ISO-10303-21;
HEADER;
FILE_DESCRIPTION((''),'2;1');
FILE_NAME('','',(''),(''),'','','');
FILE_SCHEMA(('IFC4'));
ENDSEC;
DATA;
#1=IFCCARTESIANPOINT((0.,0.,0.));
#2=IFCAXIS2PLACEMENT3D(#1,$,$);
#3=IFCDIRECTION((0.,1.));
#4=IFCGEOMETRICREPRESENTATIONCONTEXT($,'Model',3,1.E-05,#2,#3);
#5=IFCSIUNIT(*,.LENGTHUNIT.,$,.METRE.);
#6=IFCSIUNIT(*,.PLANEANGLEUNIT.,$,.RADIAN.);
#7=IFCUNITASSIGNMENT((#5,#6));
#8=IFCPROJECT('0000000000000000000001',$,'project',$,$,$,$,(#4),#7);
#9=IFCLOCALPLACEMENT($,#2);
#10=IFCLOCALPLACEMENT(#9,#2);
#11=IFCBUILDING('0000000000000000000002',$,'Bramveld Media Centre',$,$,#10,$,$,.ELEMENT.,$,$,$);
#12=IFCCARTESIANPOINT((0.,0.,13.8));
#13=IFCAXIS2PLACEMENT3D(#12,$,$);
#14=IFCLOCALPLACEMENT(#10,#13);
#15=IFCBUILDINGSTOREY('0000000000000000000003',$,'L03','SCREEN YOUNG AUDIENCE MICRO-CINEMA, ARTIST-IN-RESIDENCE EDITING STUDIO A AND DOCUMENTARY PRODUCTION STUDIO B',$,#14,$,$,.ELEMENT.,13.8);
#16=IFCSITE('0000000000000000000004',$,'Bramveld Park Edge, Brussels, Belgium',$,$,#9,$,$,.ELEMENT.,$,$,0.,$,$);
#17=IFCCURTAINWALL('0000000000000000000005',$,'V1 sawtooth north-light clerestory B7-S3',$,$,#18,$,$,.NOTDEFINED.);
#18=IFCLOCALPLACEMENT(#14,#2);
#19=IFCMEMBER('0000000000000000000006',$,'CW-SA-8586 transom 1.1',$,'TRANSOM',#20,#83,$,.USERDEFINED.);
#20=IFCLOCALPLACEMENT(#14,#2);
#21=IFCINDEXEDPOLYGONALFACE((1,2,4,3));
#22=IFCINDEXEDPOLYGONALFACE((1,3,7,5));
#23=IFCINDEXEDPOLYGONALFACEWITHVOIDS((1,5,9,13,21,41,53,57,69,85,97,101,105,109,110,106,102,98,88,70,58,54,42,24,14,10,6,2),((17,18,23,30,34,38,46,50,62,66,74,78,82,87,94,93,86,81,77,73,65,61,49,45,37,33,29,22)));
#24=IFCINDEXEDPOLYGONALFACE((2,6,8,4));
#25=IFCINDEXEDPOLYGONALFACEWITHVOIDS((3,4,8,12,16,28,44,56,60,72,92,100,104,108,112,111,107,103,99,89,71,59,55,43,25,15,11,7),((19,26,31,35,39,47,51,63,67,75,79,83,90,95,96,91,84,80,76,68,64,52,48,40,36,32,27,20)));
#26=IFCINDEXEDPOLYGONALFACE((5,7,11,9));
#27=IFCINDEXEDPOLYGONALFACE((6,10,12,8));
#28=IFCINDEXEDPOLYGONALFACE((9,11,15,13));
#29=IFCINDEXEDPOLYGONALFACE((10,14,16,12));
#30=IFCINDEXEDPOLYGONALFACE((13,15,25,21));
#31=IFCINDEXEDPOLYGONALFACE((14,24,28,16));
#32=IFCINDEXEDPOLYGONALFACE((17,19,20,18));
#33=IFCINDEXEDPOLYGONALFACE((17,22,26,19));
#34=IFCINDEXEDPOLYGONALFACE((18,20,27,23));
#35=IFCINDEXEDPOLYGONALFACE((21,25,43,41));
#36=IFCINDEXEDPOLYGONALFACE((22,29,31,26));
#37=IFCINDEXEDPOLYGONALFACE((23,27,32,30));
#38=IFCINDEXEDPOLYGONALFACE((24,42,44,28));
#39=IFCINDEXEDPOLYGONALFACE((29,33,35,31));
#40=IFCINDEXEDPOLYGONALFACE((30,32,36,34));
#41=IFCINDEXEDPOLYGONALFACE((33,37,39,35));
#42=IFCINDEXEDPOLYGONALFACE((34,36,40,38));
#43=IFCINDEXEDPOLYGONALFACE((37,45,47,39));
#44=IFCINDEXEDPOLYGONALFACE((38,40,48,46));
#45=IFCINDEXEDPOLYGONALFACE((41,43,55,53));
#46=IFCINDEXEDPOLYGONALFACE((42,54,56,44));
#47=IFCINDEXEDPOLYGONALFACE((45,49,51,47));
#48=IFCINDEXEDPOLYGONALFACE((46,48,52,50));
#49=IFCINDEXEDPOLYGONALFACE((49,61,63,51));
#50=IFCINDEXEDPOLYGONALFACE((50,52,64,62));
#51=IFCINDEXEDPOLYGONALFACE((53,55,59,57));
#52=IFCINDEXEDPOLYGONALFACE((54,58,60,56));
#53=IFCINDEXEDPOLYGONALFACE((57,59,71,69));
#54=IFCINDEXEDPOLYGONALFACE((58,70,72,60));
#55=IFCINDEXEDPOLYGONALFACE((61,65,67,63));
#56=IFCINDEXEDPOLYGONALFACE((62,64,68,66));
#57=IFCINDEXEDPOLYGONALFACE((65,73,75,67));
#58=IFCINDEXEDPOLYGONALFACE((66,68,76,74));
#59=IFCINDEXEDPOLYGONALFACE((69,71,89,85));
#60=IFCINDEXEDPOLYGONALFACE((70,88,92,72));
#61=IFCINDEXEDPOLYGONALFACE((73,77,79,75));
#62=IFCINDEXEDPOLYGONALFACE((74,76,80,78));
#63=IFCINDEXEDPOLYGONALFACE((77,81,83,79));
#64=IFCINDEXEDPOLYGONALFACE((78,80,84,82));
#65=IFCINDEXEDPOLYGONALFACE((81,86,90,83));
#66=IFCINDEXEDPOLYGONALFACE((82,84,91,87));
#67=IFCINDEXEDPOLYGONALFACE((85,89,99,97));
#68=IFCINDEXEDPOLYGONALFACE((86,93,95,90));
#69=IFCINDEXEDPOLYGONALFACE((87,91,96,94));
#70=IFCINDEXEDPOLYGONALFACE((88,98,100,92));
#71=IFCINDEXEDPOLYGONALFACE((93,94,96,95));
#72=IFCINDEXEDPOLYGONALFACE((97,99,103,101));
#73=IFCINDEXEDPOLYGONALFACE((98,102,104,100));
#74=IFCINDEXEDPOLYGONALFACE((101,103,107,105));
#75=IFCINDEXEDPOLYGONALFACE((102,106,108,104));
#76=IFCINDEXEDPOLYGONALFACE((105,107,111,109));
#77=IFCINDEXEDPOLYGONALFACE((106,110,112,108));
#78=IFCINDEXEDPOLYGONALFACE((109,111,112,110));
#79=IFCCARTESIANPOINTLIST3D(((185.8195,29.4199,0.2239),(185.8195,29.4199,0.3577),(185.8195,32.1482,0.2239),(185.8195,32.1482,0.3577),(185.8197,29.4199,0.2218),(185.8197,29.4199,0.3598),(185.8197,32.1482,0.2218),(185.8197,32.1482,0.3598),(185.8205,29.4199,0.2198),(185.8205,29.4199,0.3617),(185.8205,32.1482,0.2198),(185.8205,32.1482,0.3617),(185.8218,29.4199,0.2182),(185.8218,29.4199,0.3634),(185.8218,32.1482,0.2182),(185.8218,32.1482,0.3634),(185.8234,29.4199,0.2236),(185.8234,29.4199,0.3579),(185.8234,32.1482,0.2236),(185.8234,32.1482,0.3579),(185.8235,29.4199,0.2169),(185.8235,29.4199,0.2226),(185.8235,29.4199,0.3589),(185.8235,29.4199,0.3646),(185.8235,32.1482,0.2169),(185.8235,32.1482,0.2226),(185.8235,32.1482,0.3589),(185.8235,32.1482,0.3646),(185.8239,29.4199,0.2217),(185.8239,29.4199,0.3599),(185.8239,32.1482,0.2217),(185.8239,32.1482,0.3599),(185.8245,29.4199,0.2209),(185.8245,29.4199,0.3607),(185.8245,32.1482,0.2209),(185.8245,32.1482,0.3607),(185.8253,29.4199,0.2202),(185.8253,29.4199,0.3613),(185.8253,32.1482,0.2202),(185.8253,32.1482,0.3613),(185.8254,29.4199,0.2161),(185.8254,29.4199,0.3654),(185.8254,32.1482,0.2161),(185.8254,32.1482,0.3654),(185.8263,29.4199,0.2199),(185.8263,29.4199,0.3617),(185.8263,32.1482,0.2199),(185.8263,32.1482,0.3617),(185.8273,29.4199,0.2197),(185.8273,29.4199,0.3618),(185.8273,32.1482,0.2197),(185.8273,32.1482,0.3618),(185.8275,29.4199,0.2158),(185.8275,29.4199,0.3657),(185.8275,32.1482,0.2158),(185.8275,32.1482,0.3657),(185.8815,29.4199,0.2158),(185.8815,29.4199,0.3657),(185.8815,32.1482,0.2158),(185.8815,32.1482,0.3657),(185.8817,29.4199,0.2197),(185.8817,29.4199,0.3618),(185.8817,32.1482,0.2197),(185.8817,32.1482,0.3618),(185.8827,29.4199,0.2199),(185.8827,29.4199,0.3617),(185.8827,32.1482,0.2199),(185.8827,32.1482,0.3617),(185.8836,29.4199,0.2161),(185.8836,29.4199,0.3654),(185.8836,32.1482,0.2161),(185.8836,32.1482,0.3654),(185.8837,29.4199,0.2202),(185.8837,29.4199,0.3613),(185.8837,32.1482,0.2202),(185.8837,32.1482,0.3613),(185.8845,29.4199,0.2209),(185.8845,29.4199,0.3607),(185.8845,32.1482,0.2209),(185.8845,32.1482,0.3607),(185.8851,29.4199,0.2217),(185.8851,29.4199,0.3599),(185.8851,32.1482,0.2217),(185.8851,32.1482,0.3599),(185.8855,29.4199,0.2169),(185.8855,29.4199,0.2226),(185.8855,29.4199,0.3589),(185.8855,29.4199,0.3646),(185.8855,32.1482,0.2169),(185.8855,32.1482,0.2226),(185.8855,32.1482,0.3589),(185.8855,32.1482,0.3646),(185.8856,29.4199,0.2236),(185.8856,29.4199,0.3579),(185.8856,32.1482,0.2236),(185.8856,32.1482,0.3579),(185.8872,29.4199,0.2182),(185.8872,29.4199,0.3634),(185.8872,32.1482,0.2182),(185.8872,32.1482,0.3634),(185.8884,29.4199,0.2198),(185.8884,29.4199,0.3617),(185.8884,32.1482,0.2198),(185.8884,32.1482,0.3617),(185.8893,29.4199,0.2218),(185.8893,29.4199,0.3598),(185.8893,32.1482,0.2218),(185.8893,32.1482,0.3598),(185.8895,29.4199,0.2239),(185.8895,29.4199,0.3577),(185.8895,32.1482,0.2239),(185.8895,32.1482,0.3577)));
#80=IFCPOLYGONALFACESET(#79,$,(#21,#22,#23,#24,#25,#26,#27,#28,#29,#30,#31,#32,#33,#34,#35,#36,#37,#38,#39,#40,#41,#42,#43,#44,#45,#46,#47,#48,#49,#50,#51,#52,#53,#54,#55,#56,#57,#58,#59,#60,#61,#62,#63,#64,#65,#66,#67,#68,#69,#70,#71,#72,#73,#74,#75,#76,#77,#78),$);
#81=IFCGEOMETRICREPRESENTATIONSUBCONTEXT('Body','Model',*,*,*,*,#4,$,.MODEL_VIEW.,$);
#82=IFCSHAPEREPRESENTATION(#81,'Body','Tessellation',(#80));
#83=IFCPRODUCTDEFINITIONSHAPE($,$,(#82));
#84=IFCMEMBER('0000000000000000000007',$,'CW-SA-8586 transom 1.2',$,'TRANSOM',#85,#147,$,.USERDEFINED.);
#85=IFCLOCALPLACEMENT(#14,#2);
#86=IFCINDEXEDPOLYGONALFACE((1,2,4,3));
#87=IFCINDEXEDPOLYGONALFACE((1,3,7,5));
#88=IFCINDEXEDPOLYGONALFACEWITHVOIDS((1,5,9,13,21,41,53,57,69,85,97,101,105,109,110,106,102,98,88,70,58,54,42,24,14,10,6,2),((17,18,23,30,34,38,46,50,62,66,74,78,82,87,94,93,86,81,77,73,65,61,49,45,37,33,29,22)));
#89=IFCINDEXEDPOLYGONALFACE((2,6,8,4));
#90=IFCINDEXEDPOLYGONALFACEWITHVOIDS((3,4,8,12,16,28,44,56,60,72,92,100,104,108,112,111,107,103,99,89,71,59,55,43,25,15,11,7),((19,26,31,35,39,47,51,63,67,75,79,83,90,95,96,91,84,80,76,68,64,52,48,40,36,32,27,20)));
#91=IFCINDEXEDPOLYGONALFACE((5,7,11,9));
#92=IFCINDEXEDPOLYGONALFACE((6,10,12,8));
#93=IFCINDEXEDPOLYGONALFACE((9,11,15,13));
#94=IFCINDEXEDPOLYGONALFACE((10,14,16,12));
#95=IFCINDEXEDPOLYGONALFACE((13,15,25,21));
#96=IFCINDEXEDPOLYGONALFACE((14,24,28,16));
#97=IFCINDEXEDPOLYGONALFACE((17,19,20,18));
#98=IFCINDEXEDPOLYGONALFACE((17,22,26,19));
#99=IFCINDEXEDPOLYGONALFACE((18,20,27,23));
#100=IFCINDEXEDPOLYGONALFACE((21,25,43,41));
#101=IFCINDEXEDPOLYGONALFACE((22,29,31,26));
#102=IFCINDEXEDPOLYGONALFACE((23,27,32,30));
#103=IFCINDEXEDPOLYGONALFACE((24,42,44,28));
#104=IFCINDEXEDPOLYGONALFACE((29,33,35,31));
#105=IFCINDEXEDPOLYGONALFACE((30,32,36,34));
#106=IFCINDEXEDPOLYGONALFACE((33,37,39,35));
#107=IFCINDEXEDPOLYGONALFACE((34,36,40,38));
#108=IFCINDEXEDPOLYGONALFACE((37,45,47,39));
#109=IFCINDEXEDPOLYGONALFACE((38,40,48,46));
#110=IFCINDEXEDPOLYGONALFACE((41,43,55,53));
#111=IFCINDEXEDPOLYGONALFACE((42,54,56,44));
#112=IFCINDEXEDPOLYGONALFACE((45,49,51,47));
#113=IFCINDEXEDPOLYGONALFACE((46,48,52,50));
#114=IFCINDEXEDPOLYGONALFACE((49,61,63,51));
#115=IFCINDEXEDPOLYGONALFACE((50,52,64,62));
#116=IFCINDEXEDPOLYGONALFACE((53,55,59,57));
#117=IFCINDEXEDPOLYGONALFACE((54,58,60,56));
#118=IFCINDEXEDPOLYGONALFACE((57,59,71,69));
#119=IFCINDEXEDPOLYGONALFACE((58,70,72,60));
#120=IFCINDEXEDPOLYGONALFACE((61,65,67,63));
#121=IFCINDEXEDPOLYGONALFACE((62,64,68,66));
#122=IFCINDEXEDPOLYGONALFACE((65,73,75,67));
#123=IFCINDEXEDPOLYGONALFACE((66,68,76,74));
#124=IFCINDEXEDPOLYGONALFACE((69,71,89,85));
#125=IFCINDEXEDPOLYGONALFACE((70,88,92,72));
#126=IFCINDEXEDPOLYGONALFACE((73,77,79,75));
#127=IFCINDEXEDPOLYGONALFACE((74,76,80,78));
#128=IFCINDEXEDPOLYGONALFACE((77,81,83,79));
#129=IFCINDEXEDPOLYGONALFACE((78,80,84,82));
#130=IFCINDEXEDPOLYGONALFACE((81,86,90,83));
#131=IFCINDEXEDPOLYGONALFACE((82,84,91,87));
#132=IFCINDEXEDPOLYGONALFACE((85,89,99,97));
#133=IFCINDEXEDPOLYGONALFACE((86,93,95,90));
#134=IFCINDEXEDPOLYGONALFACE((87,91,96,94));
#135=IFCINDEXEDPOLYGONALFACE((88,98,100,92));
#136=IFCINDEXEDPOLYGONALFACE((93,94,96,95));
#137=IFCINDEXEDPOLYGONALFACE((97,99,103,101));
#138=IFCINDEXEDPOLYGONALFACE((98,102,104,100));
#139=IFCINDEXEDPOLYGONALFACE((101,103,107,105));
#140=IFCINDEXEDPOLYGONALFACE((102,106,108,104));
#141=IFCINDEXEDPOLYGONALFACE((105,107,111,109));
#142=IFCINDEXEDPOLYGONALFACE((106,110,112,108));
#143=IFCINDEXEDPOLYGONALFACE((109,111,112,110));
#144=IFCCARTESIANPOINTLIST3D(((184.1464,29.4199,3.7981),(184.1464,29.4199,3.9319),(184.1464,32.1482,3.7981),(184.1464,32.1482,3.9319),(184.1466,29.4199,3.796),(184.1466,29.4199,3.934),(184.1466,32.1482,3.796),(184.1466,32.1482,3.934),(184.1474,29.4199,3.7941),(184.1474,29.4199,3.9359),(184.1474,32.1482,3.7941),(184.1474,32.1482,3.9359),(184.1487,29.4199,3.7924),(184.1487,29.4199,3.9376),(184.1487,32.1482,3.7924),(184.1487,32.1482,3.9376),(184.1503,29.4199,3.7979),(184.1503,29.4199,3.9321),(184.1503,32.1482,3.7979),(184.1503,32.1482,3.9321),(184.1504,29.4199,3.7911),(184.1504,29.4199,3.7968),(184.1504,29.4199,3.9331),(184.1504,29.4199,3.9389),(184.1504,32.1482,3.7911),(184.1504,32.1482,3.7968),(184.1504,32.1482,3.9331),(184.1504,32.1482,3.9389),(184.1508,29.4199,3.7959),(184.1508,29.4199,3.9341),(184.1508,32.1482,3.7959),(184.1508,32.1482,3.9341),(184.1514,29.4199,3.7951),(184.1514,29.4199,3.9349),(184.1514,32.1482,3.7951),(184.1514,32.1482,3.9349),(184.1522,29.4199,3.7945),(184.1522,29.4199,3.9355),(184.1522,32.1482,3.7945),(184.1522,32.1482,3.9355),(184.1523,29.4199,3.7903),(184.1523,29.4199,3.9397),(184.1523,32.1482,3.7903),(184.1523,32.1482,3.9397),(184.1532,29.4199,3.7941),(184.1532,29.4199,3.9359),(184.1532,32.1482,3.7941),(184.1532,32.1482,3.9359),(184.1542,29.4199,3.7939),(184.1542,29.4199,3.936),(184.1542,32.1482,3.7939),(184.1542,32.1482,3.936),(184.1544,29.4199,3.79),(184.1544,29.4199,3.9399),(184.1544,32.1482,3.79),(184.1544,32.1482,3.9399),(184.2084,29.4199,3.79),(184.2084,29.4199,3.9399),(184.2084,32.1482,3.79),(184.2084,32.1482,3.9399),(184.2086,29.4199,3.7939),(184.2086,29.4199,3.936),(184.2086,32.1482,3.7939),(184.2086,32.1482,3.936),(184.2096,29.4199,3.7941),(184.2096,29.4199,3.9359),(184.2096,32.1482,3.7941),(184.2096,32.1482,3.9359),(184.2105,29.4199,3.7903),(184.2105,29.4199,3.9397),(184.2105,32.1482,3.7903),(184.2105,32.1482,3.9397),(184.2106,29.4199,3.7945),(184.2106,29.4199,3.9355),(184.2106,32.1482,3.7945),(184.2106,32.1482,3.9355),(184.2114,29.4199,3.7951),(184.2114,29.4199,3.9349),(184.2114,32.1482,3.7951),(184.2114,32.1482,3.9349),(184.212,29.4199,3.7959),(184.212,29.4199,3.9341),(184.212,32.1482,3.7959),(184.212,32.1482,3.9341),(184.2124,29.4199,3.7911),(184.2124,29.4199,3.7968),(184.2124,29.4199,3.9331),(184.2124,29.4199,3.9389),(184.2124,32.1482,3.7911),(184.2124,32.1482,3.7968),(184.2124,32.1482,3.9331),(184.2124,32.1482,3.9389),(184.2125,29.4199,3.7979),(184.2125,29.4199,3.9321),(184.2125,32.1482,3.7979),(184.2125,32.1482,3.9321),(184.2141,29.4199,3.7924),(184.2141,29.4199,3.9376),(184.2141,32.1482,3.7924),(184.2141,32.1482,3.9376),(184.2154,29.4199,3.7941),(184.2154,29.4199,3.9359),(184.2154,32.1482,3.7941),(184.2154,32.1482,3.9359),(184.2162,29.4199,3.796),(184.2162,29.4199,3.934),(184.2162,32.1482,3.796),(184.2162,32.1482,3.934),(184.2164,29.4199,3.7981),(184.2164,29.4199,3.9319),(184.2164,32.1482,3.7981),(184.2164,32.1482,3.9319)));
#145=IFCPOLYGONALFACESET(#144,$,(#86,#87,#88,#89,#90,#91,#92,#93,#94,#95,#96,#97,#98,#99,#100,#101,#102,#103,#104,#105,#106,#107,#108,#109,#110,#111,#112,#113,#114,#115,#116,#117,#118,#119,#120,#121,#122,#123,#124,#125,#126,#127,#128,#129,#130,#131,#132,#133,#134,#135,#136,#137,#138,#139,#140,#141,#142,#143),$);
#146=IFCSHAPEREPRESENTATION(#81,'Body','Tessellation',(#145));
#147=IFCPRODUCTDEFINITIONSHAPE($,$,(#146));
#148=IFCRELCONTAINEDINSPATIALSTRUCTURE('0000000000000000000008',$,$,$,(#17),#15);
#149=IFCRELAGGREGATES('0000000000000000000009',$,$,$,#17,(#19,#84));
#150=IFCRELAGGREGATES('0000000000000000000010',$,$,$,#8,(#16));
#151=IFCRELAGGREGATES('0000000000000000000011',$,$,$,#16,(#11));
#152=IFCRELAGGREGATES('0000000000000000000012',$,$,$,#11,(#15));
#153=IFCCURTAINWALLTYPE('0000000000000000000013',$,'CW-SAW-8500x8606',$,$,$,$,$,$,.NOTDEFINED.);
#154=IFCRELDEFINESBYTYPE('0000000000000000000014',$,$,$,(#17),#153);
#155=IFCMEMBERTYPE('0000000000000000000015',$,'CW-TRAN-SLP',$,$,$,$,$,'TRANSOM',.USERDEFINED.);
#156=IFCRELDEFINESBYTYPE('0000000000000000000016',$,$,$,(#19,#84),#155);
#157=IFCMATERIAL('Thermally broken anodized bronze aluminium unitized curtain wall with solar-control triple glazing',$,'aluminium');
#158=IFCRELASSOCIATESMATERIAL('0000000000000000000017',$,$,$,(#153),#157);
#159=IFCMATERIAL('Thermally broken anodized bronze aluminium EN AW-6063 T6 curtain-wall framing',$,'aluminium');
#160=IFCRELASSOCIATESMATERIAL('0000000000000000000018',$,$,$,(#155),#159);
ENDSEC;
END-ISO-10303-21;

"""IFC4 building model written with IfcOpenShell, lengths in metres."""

from ifc_helpers import new_model, si_unit, direction, frame, origin, origin_2d, place, context, subcontext, project, spatial, hollow_rectangle, extrude, material, material_profile, profile_set, type_object, element, aggregate, save


model = new_model("IFC4")

# Units and contexts
model_context = context("Model", 3, precision=1e-05, world=origin(), true_north=direction((0.0, 1.0)))
body_context = subcontext(model_context, "Body", "Model", "MODEL_VIEW")
ifc_project = project(units=[si_unit("LENGTHUNIT", "METRE"), si_unit("PLANEANGLEUNIT", "RADIAN")], contexts=[model_context])

# Site, building, storey
site_placement = place(None, origin())
site = spatial("IfcSite", under=ifc_project, at=site_placement, Name="Bramveld Park Edge, Brussels, Belgium", CompositionType="ELEMENT", RefElevation=0.0)
building_placement = place(site_placement, origin())
building = spatial("IfcBuilding", under=site, at=building_placement, Name="Bramveld Media Centre", CompositionType="ELEMENT")
storey_placement = place(building_placement, frame((0.0, 0.0, 13.8)))
storey = spatial("IfcBuildingStorey", under=building, at=storey_placement, Name="L03", Description="SCREEN YOUNG AUDIENCE MICRO-CINEMA, ARTIST-IN-RESIDENCE EDITING STUDIO A AND DOCUMENTARY PRODUCTION STUDIO B", CompositionType="ELEMENT", Elevation=13.8)

# Curtain wall, members
ifc_material_1 = material(Name="Thermally broken anodized bronze aluminium unitized curtain wall with solar-control triple glazing", Category="aluminium")
curtain_wall_type = type_object("IfcCurtainWallType", Name="CW-SAW-8500x8606", PredefinedType="NOTDEFINED", material=ifc_material_1)
curtain_wall_1_placement = place(storey_placement, origin())
curtain_wall_1 = element("IfcCurtainWall", 1, at=curtain_wall_1_placement, inside=storey, type_object=curtain_wall_type, Name="V1 sawtooth north-light clerestory B7-S3", PredefinedType="NOTDEFINED")
ifc_material_2 = material(Name="Thermally broken anodized bronze aluminium EN AW-6063 T6 curtain-wall framing", Category="aluminium")
ifc_material_profile_1 = material_profile(ifc_material_2, hollow_rectangle(XDim=0.0701, YDim=0.1499, WallThickness=0.0039, InnerFilletRadius=0.0039, OuterFilletRadius=0.0081, at=origin_2d()), Name="AL-TRAN 70x150")
ifc_profile_set_1 = profile_set([ifc_material_profile_1], Name="Thermally broken anodized bronze aluminium EN AW-6063 T6 curtain-wall framing")
member_type_1 = type_object("IfcMemberType", Name="CW-TRAN-SLP", ElementType="TRANSOM", PredefinedType="USERDEFINED", material=ifc_profile_set_1)
member_1_placement = place(storey_placement, frame((185.8545, 29.4199, 0.2908), z_axis=(0.0, 1.0, 0.0), x_axis=(-1.0, 0.0, 0.0)))
member_1 = element("IfcMember", 2, at=member_1_placement, type_object=member_type_1, Name="CW-SA-8586 transom 1.1", ObjectType="TRANSOM", PredefinedType="USERDEFINED", context=body_context, shape_type="SweptSolid", body=[
    extrude(hollow_rectangle(XDim=0.0701, YDim=0.1499, WallThickness=0.0039, InnerFilletRadius=0.0039, OuterFilletRadius=0.0081, at=origin_2d()), origin(), (0.0, 0.0, 1.0), 2.7283),
])
member_2_placement = place(storey_placement, frame((184.1814, 29.4199, 3.865), z_axis=(0.0, 1.0, 0.0), x_axis=(-1.0, 0.0, 0.0)))
member_2 = element("IfcMember", 3, at=member_2_placement, type_object=member_type_1, Name="CW-SA-8586 transom 1.2", ObjectType="TRANSOM", PredefinedType="USERDEFINED", context=body_context, shape_type="SweptSolid", body=[
    extrude(hollow_rectangle(XDim=0.0701, YDim=0.1499, WallThickness=0.0039, InnerFilletRadius=0.0039, OuterFilletRadius=0.0081, at=origin_2d()), origin(), (0.0, 0.0, 1.0), 2.7283),
])

aggregate(curtain_wall_1, [member_1, member_2])

save(model, "model.ifc")
